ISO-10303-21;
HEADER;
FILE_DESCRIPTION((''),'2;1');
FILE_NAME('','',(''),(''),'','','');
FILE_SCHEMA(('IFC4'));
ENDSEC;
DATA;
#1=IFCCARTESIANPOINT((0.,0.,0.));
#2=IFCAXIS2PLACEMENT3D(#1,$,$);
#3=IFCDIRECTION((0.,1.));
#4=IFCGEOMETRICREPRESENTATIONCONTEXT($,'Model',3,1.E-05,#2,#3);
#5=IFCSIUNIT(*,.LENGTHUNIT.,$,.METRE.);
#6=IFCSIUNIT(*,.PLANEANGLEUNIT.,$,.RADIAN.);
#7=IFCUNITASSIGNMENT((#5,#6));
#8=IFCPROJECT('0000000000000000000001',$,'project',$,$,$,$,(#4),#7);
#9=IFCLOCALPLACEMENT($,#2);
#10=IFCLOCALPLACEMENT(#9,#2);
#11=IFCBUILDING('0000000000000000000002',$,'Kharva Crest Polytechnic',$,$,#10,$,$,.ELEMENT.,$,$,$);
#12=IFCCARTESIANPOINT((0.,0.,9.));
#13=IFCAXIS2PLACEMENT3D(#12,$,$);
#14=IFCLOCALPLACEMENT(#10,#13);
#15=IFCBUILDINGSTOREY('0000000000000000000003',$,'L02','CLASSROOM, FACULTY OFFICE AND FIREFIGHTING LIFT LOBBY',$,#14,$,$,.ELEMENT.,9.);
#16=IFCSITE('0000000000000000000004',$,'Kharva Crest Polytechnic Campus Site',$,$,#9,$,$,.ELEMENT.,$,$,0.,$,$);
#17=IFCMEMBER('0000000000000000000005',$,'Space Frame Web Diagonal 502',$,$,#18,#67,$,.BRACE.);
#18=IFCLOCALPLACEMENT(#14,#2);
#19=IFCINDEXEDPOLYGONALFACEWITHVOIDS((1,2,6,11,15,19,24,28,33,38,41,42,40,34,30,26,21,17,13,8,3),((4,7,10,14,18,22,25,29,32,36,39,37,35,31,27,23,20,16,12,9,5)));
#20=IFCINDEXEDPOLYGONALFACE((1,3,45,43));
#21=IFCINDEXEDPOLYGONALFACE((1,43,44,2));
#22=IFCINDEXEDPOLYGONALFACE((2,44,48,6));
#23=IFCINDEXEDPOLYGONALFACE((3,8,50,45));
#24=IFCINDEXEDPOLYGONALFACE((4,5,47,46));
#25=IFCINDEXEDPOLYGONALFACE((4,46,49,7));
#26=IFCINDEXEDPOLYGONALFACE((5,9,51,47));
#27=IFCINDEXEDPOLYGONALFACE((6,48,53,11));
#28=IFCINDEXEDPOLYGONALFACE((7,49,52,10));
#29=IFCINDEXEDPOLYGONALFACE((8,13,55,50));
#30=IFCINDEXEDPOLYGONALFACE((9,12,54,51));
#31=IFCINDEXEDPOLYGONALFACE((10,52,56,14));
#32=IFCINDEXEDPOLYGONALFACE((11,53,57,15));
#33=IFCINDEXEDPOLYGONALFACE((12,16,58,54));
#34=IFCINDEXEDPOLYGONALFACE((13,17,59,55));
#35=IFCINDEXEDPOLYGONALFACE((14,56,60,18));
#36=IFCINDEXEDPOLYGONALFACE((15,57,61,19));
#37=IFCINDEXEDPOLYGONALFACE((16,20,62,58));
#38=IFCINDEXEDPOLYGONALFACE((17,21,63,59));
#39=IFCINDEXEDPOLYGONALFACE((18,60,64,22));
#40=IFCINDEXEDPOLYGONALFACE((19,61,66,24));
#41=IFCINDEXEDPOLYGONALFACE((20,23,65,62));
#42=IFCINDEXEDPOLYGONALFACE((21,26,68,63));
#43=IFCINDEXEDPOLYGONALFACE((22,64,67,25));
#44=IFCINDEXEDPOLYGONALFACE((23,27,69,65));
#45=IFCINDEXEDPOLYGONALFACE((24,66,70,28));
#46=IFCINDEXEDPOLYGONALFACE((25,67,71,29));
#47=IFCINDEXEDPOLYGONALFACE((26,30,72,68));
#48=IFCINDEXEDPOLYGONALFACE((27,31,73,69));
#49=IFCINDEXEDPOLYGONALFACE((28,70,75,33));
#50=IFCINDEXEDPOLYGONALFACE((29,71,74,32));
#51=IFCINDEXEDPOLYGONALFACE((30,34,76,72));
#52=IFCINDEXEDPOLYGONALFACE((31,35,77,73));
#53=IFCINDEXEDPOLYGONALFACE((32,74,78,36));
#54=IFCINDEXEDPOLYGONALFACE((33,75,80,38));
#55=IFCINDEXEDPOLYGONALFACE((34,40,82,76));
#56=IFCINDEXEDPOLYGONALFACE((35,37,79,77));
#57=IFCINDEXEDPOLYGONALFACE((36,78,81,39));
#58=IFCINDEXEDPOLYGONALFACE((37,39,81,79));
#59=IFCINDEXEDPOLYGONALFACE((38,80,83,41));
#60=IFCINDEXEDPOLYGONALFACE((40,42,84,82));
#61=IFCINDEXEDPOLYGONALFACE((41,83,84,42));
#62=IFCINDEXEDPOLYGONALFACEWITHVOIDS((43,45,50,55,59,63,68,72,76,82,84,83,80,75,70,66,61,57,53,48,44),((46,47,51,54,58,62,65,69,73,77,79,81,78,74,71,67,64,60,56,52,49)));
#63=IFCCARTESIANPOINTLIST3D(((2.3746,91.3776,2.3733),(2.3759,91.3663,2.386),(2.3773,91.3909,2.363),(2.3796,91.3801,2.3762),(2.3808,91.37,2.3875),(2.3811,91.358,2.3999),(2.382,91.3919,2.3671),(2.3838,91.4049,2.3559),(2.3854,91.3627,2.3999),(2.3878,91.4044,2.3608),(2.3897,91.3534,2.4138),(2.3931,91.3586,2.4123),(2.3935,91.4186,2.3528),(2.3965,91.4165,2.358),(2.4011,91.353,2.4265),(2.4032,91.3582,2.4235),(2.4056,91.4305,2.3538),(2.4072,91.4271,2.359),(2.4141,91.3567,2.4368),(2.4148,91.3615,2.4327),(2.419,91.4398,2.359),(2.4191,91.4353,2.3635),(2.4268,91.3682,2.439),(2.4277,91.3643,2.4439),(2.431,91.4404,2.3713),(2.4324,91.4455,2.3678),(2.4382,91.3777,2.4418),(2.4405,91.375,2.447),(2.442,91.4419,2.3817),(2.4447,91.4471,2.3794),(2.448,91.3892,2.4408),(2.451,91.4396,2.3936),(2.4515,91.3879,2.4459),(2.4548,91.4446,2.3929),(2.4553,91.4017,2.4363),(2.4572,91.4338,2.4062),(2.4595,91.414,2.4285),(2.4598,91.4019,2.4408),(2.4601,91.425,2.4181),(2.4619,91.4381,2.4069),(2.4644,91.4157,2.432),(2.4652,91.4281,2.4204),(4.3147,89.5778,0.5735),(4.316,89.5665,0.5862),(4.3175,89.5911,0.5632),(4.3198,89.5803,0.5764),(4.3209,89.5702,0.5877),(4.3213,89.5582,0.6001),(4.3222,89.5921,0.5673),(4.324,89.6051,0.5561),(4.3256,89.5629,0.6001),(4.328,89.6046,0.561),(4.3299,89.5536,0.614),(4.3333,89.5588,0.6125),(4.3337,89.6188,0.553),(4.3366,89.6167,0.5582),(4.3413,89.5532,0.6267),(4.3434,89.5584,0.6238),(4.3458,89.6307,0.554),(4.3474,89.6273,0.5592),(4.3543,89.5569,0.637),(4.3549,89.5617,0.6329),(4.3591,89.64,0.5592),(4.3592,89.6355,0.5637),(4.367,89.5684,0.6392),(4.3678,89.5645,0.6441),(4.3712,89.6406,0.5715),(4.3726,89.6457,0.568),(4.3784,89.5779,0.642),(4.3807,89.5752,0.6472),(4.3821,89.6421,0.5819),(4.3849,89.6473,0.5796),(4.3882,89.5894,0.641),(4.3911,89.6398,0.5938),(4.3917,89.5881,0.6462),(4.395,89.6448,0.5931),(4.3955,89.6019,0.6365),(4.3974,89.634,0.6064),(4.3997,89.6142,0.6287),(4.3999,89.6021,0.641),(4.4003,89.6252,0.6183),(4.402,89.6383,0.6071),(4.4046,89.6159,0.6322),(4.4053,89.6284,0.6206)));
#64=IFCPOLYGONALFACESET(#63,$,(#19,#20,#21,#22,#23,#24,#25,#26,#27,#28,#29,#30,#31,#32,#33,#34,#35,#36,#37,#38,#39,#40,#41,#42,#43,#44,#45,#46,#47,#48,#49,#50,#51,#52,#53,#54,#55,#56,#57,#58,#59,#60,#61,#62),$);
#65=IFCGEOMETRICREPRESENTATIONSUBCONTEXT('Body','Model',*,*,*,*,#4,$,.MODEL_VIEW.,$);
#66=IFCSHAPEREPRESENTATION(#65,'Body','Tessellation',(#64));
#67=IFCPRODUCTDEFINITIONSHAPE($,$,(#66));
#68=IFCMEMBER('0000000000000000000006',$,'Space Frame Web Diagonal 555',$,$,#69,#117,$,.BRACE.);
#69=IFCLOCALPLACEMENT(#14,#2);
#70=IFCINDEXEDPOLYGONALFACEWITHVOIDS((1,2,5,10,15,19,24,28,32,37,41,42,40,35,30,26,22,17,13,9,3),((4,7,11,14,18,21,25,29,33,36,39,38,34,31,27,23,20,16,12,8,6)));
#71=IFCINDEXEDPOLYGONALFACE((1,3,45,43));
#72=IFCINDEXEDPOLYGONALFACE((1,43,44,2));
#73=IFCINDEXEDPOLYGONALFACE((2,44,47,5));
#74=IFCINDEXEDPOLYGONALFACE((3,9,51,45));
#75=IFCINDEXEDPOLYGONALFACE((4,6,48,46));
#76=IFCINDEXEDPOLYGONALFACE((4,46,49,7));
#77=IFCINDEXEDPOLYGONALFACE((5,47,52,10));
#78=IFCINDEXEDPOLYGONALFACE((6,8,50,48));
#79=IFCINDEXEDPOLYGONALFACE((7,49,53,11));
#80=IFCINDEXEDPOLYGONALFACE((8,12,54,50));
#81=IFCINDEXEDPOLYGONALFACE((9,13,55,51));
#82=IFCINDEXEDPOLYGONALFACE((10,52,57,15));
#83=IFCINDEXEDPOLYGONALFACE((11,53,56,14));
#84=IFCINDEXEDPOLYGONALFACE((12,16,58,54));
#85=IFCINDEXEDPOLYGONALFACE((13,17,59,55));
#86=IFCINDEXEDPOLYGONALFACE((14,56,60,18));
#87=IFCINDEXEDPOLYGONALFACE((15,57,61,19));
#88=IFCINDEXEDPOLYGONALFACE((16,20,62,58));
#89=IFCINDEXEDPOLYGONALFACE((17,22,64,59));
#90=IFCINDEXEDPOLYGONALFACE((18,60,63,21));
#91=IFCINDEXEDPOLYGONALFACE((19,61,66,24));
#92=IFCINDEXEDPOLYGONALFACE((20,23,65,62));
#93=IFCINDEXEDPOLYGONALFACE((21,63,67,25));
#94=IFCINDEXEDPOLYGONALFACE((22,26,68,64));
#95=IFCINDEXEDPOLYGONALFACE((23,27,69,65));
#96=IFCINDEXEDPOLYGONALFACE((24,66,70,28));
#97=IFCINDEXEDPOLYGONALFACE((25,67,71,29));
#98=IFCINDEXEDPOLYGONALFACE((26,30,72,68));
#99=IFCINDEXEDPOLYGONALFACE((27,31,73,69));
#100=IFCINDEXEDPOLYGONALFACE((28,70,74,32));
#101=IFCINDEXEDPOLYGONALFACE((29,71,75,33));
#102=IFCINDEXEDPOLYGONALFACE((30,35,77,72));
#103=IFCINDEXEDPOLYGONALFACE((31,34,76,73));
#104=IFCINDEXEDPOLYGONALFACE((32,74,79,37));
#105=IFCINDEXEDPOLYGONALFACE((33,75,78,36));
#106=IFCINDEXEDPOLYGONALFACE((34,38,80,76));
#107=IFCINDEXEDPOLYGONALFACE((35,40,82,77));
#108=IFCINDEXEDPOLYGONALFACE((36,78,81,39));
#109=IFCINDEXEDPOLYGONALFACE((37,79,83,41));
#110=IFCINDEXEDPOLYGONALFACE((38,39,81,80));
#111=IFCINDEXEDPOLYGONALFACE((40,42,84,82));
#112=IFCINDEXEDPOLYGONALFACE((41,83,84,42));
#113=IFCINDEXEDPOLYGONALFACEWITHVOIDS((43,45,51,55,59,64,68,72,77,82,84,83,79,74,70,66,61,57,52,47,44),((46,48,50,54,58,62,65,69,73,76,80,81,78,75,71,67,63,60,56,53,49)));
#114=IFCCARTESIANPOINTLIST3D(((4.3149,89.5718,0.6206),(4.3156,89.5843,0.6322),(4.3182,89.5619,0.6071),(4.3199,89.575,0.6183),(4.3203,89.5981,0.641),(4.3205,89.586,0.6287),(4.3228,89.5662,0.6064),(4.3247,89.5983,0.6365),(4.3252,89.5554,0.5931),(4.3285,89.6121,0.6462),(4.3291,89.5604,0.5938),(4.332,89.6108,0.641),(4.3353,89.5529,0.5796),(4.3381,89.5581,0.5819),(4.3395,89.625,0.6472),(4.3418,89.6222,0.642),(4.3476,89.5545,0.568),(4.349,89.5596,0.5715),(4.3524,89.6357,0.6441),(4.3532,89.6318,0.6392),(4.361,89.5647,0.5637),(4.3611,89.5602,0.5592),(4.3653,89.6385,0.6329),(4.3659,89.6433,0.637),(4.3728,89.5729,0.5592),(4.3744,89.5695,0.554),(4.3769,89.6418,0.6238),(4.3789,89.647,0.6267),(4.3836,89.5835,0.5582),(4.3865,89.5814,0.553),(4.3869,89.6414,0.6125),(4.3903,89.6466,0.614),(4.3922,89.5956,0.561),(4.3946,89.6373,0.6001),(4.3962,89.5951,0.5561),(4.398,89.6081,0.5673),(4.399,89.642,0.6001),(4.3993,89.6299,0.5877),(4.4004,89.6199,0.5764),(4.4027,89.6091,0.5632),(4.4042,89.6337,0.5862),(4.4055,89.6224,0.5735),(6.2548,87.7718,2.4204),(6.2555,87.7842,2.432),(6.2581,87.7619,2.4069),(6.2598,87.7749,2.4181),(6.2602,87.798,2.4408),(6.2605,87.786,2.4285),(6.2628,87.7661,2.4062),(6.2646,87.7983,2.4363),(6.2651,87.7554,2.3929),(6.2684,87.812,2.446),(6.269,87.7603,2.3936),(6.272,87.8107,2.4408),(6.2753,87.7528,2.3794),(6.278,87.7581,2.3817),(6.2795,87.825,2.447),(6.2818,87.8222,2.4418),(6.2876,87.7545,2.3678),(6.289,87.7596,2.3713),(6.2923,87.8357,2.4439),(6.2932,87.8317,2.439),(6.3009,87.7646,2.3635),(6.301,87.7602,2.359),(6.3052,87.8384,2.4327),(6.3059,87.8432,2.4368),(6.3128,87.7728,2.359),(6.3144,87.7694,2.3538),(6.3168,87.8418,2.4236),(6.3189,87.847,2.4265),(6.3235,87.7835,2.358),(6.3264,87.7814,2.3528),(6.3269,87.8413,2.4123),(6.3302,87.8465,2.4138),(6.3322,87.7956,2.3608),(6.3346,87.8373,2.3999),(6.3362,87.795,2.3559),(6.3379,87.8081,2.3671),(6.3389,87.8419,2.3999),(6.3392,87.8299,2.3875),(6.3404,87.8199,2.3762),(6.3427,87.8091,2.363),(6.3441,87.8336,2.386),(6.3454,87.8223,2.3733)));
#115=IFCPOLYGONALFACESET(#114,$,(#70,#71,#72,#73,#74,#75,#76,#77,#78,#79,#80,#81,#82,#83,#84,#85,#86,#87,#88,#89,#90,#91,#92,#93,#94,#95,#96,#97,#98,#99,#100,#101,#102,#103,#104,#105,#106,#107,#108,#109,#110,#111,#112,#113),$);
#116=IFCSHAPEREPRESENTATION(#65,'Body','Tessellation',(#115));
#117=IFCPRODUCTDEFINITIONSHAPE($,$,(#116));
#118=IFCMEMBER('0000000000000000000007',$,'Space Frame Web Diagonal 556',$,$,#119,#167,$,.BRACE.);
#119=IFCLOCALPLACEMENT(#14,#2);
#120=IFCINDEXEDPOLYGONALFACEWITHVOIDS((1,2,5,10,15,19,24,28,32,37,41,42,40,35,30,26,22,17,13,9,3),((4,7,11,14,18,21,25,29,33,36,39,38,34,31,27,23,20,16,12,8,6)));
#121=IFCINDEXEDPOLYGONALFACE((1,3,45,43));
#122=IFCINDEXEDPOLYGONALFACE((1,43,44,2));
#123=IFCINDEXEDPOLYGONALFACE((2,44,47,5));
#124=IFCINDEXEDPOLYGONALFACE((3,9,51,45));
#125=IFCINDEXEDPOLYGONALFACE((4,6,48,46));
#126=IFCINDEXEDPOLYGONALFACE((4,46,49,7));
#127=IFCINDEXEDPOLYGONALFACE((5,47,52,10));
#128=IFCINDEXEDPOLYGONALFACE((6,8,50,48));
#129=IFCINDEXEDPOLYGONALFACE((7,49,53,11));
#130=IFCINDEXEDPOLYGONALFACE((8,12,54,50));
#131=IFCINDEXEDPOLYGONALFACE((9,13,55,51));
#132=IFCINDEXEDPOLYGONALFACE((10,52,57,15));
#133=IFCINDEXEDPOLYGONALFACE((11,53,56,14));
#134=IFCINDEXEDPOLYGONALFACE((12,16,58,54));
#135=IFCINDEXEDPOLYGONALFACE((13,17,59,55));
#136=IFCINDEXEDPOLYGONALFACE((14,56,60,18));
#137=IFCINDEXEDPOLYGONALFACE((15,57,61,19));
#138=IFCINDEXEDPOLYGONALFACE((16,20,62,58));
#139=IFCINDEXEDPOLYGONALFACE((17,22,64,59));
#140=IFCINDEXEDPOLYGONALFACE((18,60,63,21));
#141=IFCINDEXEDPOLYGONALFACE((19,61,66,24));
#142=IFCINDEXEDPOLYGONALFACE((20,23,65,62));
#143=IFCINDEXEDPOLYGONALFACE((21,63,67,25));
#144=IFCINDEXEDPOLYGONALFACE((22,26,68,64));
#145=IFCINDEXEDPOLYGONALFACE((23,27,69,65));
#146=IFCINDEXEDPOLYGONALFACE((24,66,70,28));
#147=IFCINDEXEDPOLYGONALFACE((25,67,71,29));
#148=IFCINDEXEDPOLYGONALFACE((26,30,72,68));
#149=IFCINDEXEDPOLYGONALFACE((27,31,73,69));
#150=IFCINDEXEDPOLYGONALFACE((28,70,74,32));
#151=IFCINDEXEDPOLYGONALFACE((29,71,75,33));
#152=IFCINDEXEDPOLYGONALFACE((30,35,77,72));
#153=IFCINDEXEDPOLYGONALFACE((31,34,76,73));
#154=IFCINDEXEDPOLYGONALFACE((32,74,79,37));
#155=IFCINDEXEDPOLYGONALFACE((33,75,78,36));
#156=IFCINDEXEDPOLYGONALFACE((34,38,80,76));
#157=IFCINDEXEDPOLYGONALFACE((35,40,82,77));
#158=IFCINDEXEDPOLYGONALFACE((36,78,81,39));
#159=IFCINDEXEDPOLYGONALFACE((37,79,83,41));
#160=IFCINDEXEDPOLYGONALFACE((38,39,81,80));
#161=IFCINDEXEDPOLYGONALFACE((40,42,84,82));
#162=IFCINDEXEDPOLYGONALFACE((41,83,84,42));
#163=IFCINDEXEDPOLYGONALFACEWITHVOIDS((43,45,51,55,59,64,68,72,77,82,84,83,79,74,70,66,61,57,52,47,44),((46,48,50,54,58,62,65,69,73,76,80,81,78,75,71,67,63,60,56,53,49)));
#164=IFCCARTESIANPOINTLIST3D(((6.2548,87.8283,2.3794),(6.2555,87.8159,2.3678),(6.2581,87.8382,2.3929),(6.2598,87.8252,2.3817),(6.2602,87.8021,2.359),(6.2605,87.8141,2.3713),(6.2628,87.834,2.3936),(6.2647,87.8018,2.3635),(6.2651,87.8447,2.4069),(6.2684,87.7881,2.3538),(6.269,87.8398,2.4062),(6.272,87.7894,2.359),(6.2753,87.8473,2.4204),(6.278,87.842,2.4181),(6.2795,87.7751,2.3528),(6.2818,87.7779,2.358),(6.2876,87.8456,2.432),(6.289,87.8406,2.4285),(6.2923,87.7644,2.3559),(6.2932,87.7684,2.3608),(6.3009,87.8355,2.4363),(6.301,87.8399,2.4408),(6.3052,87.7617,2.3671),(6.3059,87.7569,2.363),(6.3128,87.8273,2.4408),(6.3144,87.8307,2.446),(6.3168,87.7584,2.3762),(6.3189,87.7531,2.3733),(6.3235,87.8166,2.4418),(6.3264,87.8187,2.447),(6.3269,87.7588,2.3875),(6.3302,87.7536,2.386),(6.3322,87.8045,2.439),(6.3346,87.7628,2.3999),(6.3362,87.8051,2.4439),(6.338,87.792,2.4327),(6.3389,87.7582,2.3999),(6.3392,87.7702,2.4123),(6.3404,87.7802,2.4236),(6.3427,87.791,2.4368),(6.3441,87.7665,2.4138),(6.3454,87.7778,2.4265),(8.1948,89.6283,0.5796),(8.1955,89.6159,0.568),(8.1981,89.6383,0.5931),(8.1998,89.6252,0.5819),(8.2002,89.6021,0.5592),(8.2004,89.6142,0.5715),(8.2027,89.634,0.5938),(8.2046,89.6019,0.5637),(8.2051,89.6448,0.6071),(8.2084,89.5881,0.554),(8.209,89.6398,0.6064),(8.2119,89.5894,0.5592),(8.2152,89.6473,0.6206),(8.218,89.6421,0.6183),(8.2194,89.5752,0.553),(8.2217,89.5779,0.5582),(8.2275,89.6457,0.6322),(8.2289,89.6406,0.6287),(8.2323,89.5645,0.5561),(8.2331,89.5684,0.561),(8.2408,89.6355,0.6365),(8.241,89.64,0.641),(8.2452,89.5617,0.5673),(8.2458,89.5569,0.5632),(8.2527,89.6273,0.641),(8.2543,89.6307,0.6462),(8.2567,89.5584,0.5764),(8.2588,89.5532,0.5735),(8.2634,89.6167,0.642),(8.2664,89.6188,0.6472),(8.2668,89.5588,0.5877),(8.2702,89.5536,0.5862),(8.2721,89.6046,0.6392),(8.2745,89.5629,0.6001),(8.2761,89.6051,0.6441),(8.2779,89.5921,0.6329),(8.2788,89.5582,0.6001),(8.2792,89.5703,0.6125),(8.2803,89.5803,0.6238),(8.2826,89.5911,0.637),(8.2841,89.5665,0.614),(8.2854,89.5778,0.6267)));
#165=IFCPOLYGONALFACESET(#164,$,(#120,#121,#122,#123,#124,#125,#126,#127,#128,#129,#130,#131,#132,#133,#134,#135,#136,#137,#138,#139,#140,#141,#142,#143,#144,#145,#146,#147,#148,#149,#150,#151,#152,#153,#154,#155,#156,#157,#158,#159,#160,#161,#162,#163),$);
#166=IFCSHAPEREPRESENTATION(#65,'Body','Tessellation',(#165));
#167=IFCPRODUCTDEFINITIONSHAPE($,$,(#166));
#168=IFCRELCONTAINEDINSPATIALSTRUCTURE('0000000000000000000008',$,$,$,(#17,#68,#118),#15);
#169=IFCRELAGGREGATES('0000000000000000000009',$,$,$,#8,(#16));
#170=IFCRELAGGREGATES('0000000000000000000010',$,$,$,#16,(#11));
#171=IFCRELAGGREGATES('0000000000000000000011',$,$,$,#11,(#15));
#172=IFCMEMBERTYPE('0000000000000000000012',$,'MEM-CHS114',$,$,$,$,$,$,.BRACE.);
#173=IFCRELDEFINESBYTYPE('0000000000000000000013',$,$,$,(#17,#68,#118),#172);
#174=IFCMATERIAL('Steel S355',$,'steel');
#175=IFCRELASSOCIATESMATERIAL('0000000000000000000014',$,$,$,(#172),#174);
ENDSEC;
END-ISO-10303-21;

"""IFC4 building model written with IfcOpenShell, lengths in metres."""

from ifc_helpers import new_model, si_unit, direction, frame, origin, origin_2d, place, context, subcontext, project, spatial, hollow_circle, extrude, material, material_profile, profile_set, type_object, element, save


model = new_model("IFC4")

# Units and contexts
model_context = context("Model", 3, precision=1e-05, world=origin(), true_north=direction((0.0, 1.0)))
body_context = subcontext(model_context, "Body", "Model", "MODEL_VIEW")
ifc_project = project(units=[si_unit("LENGTHUNIT", "METRE"), si_unit("PLANEANGLEUNIT", "RADIAN")], contexts=[model_context])

# Site, building, storey
site_placement = place(None, origin())
site = spatial("IfcSite", under=ifc_project, at=site_placement, Name="Kharva Crest Polytechnic Campus Site", CompositionType="ELEMENT", RefElevation=0.0)
building_placement = place(site_placement, origin())
building = spatial("IfcBuilding", under=site, at=building_placement, Name="Kharva Crest Polytechnic", CompositionType="ELEMENT")
storey_placement = place(building_placement, frame((0.0, 0.0, 9.0)))
storey = spatial("IfcBuildingStorey", under=building, at=storey_placement, Name="L02", Description="CLASSROOM, FACULTY OFFICE AND FIREFIGHTING LIFT LOBBY", CompositionType="ELEMENT", Elevation=9.0)

# Members
ifc_material = material(Name="Steel S355", Category="steel")
ifc_material_profile_1 = material_profile(ifc_material, hollow_circle(Radius=0.0571, WallThickness=0.0063, at=origin_2d()), Name="CHS 114.3X6.3")
ifc_profile_set_1 = profile_set([ifc_material_profile_1], Name="Steel S355")
member_type_1 = type_object("IfcMemberType", Name="MEM-CHS114", PredefinedType="BRACE", material=ifc_profile_set_1)
for number, where, z_axis, x_axis, name in (
    (1, (4.3601, 89.6001, 0.6001), (-0.606222, 0.562359, 0.562359), (-0.680087, -0.733132, 0.0), "Space Frame Web Diagonal 502"),
    (2, (4.3601, 89.6001, 0.6001), (0.606147, -0.562437, 0.562361), (0.680182, 0.733043, 0.0), "Space Frame Web Diagonal 555"),
    (3, (8.24, 89.6001, 0.6001), (-0.606147, -0.562437, 0.562361), (0.680182, -0.733043, 0.0), "Space Frame Web Diagonal 556"),
):
    element("IfcMember", number, at=place(storey_placement, frame(where, z_axis=z_axis, x_axis=x_axis)), inside=storey, type_object=member_type_1, Name=name, PredefinedType="BRACE", context=body_context, shape_type="SweptSolid", body=[
        extrude(hollow_circle(Radius=0.0571, WallThickness=0.0063, at=origin_2d()), origin(), (0.0, 0.0, 1.0), 3.2004),
    ])

save(model, "model.ifc")
